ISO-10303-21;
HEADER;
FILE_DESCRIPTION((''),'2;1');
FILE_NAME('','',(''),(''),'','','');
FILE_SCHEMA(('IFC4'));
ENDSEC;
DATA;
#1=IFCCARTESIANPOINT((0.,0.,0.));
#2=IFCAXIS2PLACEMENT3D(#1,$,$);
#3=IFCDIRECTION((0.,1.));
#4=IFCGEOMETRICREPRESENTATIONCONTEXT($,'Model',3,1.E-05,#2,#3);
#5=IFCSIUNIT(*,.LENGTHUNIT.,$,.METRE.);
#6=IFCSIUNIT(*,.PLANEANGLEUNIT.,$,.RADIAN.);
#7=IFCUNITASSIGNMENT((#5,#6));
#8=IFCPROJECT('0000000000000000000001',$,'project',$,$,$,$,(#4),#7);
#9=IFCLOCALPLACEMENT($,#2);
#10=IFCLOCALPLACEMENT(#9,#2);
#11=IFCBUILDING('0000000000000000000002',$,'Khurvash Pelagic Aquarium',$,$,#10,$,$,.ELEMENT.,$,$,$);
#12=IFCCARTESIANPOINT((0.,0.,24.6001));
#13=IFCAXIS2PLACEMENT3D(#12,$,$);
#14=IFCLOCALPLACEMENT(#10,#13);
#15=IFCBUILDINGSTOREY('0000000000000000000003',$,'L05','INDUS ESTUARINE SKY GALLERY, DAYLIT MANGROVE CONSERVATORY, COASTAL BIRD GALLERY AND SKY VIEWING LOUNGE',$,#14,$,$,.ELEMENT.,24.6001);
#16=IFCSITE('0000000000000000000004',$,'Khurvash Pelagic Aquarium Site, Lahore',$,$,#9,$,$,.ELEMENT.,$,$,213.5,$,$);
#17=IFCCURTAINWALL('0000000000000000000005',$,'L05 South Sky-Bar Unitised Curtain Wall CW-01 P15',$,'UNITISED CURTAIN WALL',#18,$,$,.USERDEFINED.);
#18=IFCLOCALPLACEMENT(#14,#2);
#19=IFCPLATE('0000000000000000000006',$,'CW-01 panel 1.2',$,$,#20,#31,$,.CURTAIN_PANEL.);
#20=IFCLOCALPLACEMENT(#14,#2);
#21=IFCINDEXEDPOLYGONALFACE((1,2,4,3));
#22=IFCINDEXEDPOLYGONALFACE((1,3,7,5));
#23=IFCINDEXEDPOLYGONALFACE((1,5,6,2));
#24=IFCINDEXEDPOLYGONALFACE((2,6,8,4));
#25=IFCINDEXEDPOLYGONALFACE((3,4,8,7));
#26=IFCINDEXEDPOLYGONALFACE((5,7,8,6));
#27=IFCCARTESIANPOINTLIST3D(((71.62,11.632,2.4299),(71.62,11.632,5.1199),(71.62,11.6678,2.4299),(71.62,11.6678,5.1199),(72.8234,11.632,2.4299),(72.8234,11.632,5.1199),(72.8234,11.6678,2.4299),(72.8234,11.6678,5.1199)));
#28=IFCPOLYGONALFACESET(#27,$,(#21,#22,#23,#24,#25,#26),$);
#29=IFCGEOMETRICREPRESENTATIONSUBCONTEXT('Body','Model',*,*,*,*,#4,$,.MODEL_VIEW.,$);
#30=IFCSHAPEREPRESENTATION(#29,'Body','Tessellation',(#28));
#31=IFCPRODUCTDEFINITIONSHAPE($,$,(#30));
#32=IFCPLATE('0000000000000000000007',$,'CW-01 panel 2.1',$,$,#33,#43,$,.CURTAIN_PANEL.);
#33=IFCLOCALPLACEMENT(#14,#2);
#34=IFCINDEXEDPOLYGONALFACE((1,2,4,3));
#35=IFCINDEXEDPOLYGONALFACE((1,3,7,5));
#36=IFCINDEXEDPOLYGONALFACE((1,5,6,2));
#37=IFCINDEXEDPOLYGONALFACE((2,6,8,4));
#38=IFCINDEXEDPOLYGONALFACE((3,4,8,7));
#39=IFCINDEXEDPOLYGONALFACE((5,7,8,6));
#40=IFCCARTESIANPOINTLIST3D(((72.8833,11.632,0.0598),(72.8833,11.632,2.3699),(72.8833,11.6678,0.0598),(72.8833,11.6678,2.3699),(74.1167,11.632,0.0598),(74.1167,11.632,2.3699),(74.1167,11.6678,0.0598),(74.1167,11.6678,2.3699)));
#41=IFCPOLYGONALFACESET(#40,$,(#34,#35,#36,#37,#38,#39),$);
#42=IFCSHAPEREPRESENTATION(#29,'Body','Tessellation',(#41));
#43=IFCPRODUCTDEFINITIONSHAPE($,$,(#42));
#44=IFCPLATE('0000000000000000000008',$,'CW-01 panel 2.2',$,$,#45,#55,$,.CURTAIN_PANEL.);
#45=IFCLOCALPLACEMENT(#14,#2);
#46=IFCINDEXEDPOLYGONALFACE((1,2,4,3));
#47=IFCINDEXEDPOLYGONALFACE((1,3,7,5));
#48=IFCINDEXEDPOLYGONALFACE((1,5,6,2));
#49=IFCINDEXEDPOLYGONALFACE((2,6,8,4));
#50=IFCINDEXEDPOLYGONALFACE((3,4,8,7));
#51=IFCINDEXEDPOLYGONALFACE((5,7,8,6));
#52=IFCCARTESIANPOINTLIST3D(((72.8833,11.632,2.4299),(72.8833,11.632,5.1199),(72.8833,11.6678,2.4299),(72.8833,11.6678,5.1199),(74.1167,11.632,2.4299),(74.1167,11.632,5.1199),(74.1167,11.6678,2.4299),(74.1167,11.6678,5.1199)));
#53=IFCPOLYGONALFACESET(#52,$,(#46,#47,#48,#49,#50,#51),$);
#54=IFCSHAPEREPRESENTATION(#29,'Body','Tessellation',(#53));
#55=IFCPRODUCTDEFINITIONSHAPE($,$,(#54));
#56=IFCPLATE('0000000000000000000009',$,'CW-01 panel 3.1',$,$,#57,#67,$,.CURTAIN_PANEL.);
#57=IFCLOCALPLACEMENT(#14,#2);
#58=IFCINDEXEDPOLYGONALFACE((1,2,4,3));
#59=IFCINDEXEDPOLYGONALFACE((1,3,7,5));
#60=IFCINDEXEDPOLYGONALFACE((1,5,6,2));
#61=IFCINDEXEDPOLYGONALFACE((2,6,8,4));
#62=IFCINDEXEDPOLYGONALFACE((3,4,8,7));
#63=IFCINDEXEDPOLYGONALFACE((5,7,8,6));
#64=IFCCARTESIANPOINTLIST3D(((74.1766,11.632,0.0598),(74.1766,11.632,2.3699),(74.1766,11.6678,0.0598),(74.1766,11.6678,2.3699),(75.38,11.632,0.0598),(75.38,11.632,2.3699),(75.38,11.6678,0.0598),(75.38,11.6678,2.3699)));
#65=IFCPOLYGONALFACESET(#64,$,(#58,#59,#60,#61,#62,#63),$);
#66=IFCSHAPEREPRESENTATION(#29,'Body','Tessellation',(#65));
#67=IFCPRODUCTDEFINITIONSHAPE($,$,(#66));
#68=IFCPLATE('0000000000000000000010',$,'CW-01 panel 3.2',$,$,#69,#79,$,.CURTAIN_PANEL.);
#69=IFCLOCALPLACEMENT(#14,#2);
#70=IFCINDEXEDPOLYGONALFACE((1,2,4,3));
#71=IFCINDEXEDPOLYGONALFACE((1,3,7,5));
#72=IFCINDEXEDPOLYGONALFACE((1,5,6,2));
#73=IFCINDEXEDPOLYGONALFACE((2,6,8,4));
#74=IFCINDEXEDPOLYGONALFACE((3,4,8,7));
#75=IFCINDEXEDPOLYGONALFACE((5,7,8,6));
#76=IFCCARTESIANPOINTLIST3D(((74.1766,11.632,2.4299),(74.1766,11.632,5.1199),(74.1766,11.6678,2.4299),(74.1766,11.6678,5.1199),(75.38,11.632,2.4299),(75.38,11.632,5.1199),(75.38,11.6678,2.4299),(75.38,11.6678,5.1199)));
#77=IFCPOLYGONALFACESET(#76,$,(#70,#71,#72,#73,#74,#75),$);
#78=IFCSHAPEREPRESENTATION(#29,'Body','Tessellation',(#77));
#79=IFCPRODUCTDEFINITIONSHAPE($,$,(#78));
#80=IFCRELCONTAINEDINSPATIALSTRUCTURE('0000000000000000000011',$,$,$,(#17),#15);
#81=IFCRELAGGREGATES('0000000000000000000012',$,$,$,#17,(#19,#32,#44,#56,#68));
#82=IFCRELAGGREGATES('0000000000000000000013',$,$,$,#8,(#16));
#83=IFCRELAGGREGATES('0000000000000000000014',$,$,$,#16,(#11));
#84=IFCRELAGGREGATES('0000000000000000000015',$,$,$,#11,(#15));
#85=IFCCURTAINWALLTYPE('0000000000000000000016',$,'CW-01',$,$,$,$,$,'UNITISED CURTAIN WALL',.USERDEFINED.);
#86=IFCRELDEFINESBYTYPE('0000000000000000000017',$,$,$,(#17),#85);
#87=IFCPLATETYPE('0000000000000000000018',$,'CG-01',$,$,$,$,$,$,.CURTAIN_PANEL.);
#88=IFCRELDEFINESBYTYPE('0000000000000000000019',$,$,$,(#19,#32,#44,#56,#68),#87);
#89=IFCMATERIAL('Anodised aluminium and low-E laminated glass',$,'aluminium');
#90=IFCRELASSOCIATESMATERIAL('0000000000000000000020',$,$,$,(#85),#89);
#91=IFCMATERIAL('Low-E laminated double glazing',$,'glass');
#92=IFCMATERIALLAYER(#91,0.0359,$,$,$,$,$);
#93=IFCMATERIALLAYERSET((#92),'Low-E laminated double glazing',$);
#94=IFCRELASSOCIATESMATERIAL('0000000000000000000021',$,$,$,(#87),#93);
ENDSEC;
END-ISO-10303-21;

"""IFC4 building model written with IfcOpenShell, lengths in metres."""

from ifc_helpers import new_model, si_unit, direction, frame, origin, origin_2d, place, context, subcontext, project, spatial, rectangle, extrude, material, layer, layer_set, type_object, element, aggregate, save


model = new_model("IFC4")

# Units and contexts
model_context = context("Model", 3, precision=1e-05, world=origin(), true_north=direction((0.0, 1.0)))
body_context = subcontext(model_context, "Body", "Model", "MODEL_VIEW")
ifc_project = project(units=[si_unit("LENGTHUNIT", "METRE"), si_unit("PLANEANGLEUNIT", "RADIAN")], contexts=[model_context])

# Site, building, storey
site_placement = place(None, origin())
site = spatial("IfcSite", under=ifc_project, at=site_placement, Name="Khurvash Pelagic Aquarium Site, Lahore", CompositionType="ELEMENT", RefElevation=213.5)
building_placement = place(site_placement, origin())
building = spatial("IfcBuilding", under=site, at=building_placement, Name="Khurvash Pelagic Aquarium", CompositionType="ELEMENT")
storey_placement = place(building_placement, frame((0.0, 0.0, 24.6001)))
storey = spatial("IfcBuildingStorey", under=building, at=storey_placement, Name="L05", Description="INDUS ESTUARINE SKY GALLERY, DAYLIT MANGROVE CONSERVATORY, COASTAL BIRD GALLERY AND SKY VIEWING LOUNGE", CompositionType="ELEMENT", Elevation=24.6001)

# Curtain wall
ifc_material_1 = material(Name="Anodised aluminium and low-E laminated glass", Category="aluminium")
curtain_wall_type = type_object("IfcCurtainWallType", Name="CW-01", ElementType="UNITISED CURTAIN WALL", PredefinedType="USERDEFINED", material=ifc_material_1)
curtain_wall_1_placement = place(storey_placement, origin())
curtain_wall_1 = element("IfcCurtainWall", 1, at=curtain_wall_1_placement, inside=storey, type_object=curtain_wall_type, Name="L05 South Sky-Bar Unitised Curtain Wall CW-01 P15", ObjectType="UNITISED CURTAIN WALL", PredefinedType="USERDEFINED")

# Plates
ifc_material_2 = material(Name="Low-E laminated double glazing", Category="glass")
ifc_layer = layer(ifc_material_2, 0.0359)
ifc_layer_set = layer_set([ifc_layer], Name="Low-E laminated double glazing")
plate_type = type_object("IfcPlateType", Name="CG-01", PredefinedType="CURTAIN_PANEL", material=ifc_layer_set)
plate_1_placement = place(storey_placement, frame((72.2217, 11.6499, 2.4299), z_axis=(0.0, 0.0, 1.0), x_axis=(1.0, 0.0, 0.0)))
plate_1 = element("IfcPlate", 2, at=plate_1_placement, type_object=plate_type, Name="CW-01 panel 1.2", PredefinedType="CURTAIN_PANEL", context=body_context, shape_type="SweptSolid", body=[
    extrude(rectangle(XDim=1.2034, YDim=0.0359, at=origin_2d()), origin(), (0.0, 0.0, 1.0), 2.6899),
])
plate_2_placement = place(storey_placement, frame((73.5, 11.6499, 0.0598), z_axis=(0.0, 0.0, 1.0), x_axis=(1.0, 0.0, 0.0)))
plate_2 = element("IfcPlate", 3, at=plate_2_placement, type_object=plate_type, Name="CW-01 panel 2.1", PredefinedType="CURTAIN_PANEL", context=body_context, shape_type="SweptSolid", body=[
    extrude(rectangle(XDim=1.2334, YDim=0.0359, at=origin_2d()), origin(), (0.0, 0.0, 1.0), 2.3101),
])
plate_3_placement = place(storey_placement, frame((73.5, 11.6499, 2.4299), z_axis=(0.0, 0.0, 1.0), x_axis=(1.0, 0.0, 0.0)))
plate_3 = element("IfcPlate", 4, at=plate_3_placement, type_object=plate_type, Name="CW-01 panel 2.2", PredefinedType="CURTAIN_PANEL", context=body_context, shape_type="SweptSolid", body=[
    extrude(rectangle(XDim=1.2334, YDim=0.0359, at=origin_2d()), origin(), (0.0, 0.0, 1.0), 2.6899),
])
plate_4_placement = place(storey_placement, frame((74.7783, 11.6499, 0.0598), z_axis=(0.0, 0.0, 1.0), x_axis=(1.0, 0.0, 0.0)))
plate_4 = element("IfcPlate", 5, at=plate_4_placement, type_object=plate_type, Name="CW-01 panel 3.1", PredefinedType="CURTAIN_PANEL", context=body_context, shape_type="SweptSolid", body=[
    extrude(rectangle(XDim=1.2034, YDim=0.0359, at=origin_2d()), origin(), (0.0, 0.0, 1.0), 2.3101),
])
plate_5_placement = place(storey_placement, frame((74.7783, 11.6499, 2.4299), z_axis=(0.0, 0.0, 1.0), x_axis=(1.0, 0.0, 0.0)))
plate_5 = element("IfcPlate", 6, at=plate_5_placement, type_object=plate_type, Name="CW-01 panel 3.2", PredefinedType="CURTAIN_PANEL", context=body_context, shape_type="SweptSolid", body=[
    extrude(rectangle(XDim=1.2034, YDim=0.0359, at=origin_2d()), origin(), (0.0, 0.0, 1.0), 2.6899),
])
aggregate(curtain_wall_1, [plate_1, plate_2, plate_3, plate_4, plate_5])

save(model, "model.ifc")
